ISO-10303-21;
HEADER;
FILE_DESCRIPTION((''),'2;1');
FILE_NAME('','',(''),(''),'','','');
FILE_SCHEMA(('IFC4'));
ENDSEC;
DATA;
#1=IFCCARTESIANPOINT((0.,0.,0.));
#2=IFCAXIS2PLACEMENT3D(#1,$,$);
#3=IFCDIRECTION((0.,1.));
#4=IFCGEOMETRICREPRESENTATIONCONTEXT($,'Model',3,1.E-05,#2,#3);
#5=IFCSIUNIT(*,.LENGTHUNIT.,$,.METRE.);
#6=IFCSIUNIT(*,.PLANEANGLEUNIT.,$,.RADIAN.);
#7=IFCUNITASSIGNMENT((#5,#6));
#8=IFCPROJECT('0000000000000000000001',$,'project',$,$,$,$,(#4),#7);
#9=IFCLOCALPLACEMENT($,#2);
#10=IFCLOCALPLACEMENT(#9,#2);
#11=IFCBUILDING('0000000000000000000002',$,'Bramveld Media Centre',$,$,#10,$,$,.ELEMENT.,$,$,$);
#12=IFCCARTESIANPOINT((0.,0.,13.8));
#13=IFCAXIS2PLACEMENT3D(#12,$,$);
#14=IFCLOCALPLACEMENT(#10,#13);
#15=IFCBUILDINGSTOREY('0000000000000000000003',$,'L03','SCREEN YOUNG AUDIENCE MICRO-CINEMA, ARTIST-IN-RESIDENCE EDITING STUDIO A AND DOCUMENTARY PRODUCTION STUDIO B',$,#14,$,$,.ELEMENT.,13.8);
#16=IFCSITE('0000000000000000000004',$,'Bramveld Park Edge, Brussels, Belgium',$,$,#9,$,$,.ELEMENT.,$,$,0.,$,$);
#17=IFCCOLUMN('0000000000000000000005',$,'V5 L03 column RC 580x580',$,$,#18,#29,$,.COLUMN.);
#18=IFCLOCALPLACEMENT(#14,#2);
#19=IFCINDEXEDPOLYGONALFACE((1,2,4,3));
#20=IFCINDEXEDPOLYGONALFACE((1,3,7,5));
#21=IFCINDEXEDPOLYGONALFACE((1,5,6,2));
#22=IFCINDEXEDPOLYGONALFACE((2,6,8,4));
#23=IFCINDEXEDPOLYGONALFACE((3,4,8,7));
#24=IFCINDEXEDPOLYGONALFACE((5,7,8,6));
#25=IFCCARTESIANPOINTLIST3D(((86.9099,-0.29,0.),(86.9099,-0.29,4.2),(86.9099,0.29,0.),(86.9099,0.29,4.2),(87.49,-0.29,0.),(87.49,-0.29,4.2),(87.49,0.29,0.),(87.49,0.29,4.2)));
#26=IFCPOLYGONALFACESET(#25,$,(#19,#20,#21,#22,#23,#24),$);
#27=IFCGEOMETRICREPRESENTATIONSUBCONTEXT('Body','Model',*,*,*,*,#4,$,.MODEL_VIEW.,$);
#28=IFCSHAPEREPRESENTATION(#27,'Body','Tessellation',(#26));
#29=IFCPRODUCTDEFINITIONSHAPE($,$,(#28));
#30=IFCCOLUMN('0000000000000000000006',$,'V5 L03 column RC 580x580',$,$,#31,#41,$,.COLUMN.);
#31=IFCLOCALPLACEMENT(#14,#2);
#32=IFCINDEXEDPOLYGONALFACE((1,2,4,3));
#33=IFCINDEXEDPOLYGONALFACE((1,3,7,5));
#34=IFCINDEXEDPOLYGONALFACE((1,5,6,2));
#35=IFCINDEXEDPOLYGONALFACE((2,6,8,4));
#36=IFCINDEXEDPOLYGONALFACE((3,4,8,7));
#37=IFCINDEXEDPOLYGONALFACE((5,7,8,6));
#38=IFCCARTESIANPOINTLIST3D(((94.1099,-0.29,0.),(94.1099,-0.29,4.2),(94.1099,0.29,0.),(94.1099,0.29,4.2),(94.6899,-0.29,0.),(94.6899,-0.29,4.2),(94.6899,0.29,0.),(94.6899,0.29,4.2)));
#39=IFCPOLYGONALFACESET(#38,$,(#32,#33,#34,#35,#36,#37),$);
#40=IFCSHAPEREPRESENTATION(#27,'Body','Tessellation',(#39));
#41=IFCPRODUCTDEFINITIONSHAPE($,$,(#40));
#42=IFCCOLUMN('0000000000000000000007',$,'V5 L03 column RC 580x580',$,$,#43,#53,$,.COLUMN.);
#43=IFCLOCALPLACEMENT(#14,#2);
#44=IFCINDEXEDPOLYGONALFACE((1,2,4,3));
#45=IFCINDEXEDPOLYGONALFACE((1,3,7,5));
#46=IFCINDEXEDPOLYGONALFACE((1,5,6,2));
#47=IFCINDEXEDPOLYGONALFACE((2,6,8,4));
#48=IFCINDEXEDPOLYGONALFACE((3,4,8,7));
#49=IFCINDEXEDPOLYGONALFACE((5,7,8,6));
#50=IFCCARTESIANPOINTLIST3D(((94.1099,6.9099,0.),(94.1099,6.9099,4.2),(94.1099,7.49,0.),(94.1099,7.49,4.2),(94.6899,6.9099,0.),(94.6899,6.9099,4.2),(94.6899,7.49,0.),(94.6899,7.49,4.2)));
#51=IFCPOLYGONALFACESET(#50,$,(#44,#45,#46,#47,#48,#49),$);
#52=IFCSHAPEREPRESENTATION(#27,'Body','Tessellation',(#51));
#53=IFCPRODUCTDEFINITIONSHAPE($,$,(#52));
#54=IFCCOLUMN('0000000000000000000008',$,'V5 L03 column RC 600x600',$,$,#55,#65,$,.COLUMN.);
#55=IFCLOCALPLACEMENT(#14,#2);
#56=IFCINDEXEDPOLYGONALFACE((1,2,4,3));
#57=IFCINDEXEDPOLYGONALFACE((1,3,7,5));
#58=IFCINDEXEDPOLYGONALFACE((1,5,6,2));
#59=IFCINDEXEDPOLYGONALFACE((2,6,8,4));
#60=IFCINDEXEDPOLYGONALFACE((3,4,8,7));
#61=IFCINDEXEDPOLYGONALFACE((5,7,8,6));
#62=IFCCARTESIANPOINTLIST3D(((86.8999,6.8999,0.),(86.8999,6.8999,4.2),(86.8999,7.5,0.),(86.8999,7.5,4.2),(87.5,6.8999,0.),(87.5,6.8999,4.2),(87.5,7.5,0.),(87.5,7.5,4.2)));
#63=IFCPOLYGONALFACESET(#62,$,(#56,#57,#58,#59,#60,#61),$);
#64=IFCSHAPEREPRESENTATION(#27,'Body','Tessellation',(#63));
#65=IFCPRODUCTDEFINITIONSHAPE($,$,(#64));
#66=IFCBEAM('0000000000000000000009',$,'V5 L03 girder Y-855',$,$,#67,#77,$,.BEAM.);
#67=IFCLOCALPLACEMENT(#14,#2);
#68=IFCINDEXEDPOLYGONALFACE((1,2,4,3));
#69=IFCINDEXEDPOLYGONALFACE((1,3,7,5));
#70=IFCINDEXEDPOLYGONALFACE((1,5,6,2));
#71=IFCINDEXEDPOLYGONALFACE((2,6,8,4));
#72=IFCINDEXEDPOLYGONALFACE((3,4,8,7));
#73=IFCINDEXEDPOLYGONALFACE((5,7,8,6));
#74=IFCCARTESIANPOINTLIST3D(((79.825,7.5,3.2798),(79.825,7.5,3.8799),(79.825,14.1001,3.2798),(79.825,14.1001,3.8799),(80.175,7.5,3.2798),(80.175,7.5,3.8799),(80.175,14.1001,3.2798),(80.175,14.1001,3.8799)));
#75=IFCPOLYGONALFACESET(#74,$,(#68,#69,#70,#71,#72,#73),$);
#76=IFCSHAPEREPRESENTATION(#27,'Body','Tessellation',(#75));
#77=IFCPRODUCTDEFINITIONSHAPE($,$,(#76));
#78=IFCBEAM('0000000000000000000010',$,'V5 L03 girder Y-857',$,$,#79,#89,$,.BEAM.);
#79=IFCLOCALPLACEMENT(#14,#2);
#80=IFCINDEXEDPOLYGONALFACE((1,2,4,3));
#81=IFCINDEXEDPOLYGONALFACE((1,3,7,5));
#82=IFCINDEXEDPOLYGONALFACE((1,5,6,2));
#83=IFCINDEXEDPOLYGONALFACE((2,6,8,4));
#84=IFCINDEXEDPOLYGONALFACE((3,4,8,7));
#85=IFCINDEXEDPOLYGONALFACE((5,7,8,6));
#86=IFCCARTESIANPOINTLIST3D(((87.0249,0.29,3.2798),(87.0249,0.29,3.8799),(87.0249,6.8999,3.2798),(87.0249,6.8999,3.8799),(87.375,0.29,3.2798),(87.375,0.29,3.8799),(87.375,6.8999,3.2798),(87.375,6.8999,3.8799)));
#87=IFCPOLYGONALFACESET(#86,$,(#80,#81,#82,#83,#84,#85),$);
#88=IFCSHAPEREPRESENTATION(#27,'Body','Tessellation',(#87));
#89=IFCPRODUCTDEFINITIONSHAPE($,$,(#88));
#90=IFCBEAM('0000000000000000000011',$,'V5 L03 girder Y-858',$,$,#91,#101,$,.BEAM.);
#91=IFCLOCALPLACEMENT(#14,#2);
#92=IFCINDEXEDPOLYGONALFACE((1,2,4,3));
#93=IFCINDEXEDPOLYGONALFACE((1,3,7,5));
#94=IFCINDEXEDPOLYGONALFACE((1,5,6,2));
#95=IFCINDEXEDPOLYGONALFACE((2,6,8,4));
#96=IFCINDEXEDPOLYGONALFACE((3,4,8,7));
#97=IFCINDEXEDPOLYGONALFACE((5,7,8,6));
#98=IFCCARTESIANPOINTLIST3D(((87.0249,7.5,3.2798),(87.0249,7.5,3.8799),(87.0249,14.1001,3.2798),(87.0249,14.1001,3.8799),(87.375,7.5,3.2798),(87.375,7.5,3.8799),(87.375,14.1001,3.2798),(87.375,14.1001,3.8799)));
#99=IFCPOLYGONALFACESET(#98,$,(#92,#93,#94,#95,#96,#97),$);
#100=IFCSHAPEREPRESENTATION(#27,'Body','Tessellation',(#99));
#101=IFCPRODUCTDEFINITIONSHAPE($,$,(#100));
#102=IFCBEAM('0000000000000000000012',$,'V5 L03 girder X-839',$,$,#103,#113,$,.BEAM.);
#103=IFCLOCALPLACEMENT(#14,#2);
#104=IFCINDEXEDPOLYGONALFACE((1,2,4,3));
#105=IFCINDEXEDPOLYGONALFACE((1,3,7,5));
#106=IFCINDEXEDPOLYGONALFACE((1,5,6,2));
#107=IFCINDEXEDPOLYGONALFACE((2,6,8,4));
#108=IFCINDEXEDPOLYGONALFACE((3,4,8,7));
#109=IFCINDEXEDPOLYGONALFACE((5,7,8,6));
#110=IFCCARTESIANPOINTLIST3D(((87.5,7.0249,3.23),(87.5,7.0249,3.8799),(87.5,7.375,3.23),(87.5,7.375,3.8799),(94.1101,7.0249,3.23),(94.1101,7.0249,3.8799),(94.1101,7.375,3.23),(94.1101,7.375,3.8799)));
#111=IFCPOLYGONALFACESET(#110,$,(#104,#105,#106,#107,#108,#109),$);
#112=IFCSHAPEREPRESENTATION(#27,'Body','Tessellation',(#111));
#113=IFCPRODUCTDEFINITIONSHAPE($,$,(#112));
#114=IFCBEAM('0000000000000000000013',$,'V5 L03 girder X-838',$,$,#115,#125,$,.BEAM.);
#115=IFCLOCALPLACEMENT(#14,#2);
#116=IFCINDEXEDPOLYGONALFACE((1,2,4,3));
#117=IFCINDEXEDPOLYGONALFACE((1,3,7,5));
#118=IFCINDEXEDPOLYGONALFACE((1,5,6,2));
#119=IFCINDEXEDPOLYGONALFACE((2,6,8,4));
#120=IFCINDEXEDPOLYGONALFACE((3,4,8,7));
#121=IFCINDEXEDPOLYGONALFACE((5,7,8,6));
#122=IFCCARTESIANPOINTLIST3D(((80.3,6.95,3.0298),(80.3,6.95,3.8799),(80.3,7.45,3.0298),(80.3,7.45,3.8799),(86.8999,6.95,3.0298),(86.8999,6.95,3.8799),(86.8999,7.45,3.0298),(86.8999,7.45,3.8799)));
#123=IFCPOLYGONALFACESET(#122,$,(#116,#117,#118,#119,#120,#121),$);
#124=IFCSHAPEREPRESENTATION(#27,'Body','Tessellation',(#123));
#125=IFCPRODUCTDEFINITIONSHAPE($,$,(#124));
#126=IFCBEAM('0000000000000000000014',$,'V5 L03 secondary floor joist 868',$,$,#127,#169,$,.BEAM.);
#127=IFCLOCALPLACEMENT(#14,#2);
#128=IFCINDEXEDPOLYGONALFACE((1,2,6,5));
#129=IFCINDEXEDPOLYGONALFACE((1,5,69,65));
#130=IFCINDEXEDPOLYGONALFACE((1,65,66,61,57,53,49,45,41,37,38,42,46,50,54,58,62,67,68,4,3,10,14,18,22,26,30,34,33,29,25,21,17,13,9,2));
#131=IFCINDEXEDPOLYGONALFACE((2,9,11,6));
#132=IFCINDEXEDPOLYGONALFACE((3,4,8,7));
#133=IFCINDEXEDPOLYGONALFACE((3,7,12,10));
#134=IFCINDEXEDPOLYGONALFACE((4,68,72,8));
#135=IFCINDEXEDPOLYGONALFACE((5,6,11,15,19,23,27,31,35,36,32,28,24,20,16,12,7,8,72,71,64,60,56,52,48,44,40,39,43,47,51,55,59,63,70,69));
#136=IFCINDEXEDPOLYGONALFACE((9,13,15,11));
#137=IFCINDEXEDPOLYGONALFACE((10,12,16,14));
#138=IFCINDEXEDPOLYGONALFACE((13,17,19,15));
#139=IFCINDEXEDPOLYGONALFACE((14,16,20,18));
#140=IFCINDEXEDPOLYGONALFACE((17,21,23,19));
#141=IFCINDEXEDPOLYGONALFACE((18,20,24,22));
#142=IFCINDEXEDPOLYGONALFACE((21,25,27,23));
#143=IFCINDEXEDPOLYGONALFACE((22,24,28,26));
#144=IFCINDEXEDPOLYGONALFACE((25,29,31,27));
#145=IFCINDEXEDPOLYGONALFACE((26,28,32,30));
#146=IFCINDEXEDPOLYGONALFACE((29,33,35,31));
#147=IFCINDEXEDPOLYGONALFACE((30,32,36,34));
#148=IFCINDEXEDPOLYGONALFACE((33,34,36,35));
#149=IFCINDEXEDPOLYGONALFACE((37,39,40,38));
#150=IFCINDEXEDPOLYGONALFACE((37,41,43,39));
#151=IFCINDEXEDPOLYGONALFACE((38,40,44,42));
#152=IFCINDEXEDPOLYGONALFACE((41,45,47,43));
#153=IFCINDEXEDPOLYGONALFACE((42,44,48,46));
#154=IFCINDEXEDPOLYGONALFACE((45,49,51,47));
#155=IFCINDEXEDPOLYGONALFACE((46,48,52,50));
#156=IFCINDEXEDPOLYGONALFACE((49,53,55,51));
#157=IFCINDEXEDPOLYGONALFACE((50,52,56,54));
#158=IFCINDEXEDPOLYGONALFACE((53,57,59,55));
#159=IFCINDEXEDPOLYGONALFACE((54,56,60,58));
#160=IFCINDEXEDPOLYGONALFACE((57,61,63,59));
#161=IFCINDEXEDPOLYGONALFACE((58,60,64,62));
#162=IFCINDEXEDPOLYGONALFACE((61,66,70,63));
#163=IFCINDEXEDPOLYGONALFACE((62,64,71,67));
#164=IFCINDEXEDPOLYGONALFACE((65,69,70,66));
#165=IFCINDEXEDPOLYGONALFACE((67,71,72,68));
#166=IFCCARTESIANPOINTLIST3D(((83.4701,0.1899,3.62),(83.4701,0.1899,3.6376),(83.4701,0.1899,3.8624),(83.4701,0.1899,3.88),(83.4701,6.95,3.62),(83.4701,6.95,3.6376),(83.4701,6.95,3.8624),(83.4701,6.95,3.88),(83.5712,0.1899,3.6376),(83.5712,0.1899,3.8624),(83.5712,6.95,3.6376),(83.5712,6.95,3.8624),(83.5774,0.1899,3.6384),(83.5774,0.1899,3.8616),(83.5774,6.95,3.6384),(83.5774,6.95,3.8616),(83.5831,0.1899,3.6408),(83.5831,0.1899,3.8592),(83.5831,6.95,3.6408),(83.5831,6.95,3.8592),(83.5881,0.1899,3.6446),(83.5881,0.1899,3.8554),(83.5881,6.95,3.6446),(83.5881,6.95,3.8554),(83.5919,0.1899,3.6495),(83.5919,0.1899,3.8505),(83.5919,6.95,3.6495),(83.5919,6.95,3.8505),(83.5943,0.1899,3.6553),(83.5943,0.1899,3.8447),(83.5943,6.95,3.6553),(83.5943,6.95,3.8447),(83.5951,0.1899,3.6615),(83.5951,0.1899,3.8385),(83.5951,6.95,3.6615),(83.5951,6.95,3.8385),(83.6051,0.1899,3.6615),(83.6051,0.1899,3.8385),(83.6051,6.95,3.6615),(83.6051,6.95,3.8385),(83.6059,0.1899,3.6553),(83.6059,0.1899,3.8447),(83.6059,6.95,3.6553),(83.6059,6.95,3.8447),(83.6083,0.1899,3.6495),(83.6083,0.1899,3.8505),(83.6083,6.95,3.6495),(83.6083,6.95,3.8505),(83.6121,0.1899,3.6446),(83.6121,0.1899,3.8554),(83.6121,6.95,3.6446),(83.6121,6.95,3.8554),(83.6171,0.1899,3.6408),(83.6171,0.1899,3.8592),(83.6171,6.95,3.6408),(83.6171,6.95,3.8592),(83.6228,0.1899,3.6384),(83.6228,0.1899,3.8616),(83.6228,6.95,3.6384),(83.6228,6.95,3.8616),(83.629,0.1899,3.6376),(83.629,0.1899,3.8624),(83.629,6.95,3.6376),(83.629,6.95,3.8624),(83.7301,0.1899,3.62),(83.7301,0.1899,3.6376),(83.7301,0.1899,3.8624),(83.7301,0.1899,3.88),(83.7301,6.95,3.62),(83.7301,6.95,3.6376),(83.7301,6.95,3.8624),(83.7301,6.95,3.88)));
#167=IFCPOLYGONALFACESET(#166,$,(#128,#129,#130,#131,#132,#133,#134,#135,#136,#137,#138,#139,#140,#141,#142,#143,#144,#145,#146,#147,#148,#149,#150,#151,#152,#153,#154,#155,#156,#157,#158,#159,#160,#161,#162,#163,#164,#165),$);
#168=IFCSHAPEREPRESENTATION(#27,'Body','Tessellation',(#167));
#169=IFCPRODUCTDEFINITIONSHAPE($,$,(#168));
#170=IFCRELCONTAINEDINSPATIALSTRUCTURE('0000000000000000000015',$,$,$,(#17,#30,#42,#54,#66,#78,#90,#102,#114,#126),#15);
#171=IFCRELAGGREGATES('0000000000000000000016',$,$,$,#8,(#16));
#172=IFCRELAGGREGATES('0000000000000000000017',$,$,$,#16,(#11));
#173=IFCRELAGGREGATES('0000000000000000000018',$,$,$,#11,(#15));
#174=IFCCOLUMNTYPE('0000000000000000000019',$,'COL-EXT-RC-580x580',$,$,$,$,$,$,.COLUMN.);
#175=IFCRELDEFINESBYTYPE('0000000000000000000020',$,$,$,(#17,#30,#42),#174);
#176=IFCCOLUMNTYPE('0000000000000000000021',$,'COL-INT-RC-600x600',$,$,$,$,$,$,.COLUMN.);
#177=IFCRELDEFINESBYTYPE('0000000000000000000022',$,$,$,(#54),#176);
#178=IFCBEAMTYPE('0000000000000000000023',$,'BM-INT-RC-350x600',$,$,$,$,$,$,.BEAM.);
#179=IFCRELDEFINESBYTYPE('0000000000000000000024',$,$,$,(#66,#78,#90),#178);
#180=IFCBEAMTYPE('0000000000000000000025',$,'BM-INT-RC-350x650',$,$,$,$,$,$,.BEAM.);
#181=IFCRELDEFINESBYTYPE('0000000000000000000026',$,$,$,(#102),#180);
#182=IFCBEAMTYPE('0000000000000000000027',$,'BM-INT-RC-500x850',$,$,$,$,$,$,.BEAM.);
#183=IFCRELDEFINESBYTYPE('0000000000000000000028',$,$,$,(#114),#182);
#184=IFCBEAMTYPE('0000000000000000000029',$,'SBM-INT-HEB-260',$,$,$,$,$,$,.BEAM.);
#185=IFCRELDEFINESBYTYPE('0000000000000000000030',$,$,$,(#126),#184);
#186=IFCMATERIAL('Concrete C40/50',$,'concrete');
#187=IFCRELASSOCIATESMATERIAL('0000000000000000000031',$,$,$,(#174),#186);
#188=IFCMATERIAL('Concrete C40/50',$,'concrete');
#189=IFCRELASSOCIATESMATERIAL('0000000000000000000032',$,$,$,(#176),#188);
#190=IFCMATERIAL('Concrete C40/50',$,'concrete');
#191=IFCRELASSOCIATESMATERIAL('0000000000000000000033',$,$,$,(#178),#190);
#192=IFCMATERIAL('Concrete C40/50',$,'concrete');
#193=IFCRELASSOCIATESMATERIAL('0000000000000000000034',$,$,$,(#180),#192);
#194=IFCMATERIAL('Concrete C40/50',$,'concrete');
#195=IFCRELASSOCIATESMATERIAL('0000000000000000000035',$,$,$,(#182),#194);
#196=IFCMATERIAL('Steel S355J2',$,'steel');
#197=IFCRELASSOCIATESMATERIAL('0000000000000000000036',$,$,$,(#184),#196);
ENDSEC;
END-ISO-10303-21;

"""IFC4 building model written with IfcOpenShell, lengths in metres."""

from ifc_helpers import new_model, si_unit, direction, frame, origin, origin_2d, place, context, subcontext, project, spatial, rectangle, i_section, extrude, material, material_profile, profile_set, type_object, element, save


model = new_model("IFC4")

# Units and contexts
model_context = context("Model", 3, precision=1e-05, world=origin(), true_north=direction((0.0, 1.0)))
body_context = subcontext(model_context, "Body", "Model", "MODEL_VIEW")
ifc_project = project(units=[si_unit("LENGTHUNIT", "METRE"), si_unit("PLANEANGLEUNIT", "RADIAN")], contexts=[model_context])

# Site, building, storey
site_placement = place(None, origin())
site = spatial("IfcSite", under=ifc_project, at=site_placement, Name="Bramveld Park Edge, Brussels, Belgium", CompositionType="ELEMENT", RefElevation=0.0)
building_placement = place(site_placement, origin())
building = spatial("IfcBuilding", under=site, at=building_placement, Name="Bramveld Media Centre", CompositionType="ELEMENT")
storey_placement = place(building_placement, frame((0.0, 0.0, 13.8)))
storey = spatial("IfcBuildingStorey", under=building, at=storey_placement, Name="L03", Description="SCREEN YOUNG AUDIENCE MICRO-CINEMA, ARTIST-IN-RESIDENCE EDITING STUDIO A AND DOCUMENTARY PRODUCTION STUDIO B", CompositionType="ELEMENT", Elevation=13.8)

# Columns
ifc_material_1 = material(Name="Concrete C40/50", Category="concrete")
ifc_material_profile_1 = material_profile(ifc_material_1, rectangle(XDim=0.5801, YDim=0.5801, at=origin_2d()), Name="RC 580x580")
ifc_profile_set_1 = profile_set([ifc_material_profile_1], Name="Concrete C40/50")
column_type_1 = type_object("IfcColumnType", Name="COL-EXT-RC-580x580", PredefinedType="COLUMN", material=ifc_profile_set_1)
for number, where, z_axis, x_axis, name in (
    (1, (87.2, 0.0, 0.0), (0.0, 0.0, 1.0), (1.0, 0.0, 0.0), "V5 L03 column RC 580x580"),
    (2, (94.3999, 0.0, 0.0), (0.0, 0.0, 1.0), (1.0, 0.0, 0.0), "V5 L03 column RC 580x580"),
    (3, (94.3999, 7.2, 0.0), (0.0, 0.0, 1.0), (1.0, 0.0, 0.0), "V5 L03 column RC 580x580"),
):
    element("IfcColumn", number, at=place(storey_placement, frame(where, z_axis=z_axis, x_axis=x_axis)), inside=storey, type_object=column_type_1, Name=name, PredefinedType="COLUMN", context=body_context, shape_type="SweptSolid", body=[
        extrude(rectangle(XDim=0.5801, YDim=0.5801, at=origin_2d()), origin(), (0.0, 0.0, 1.0), 4.2),
    ])
ifc_material_2 = material(Name="Concrete C40/50", Category="concrete")
ifc_material_profile_2 = material_profile(ifc_material_2, rectangle(XDim=0.6001, YDim=0.6001, at=origin_2d()), Name="RC 600x600")
ifc_profile_set_2 = profile_set([ifc_material_profile_2], Name="Concrete C40/50")
column_type_2 = type_object("IfcColumnType", Name="COL-INT-RC-600x600", PredefinedType="COLUMN", material=ifc_profile_set_2)
column_placement = place(storey_placement, frame((87.2, 7.2, 0.0), z_axis=(0.0, 0.0, 1.0), x_axis=(1.0, 0.0, 0.0)))
element("IfcColumn", 4, at=column_placement, inside=storey, type_object=column_type_2, Name="V5 L03 column RC 600x600", PredefinedType="COLUMN", context=body_context, shape_type="SweptSolid", body=[
    extrude(rectangle(XDim=0.6001, YDim=0.6001, at=origin_2d()), origin(), (0.0, 0.0, 1.0), 4.2),
])

# Beams
ifc_material_3 = material(Name="Concrete C40/50", Category="concrete")
ifc_material_profile_3 = material_profile(ifc_material_3, rectangle(XDim=0.3501, YDim=0.6001, at=origin_2d()), Name="RC 350x600")
ifc_profile_set_3 = profile_set([ifc_material_profile_3], Name="Concrete C40/50")
beam_type_1 = type_object("IfcBeamType", Name="BM-INT-RC-350x600", PredefinedType="BEAM", material=ifc_profile_set_3)
beam_1_placement = place(storey_placement, frame((80.0, 7.5, 3.5798), z_axis=(0.0, 1.0, 0.0), x_axis=(-1.0, 0.0, 0.0)))
element("IfcBeam", 5, at=beam_1_placement, inside=storey, type_object=beam_type_1, Name="V5 L03 girder Y-855", PredefinedType="BEAM", context=body_context, shape_type="SweptSolid", body=[
    extrude(rectangle(XDim=0.3501, YDim=0.6001, at=origin_2d()), origin(), (0.0, 0.0, 1.0), 6.6001),
])
beam_2_placement = place(storey_placement, frame((87.2, 0.29, 3.5798), z_axis=(0.0, 1.0, 0.0), x_axis=(-1.0, 0.0, 0.0)))
element("IfcBeam", 6, at=beam_2_placement, inside=storey, type_object=beam_type_1, Name="V5 L03 girder Y-857", PredefinedType="BEAM", context=body_context, shape_type="SweptSolid", body=[
    extrude(rectangle(XDim=0.3501, YDim=0.6001, at=origin_2d()), origin(), (0.0, 0.0, 1.0), 6.6099),
])
beam_3_placement = place(storey_placement, frame((87.2, 7.5, 3.5798), z_axis=(0.0, 1.0, 0.0), x_axis=(-1.0, 0.0, 0.0)))
element("IfcBeam", 7, at=beam_3_placement, inside=storey, type_object=beam_type_1, Name="V5 L03 girder Y-858", PredefinedType="BEAM", context=body_context, shape_type="SweptSolid", body=[
    extrude(rectangle(XDim=0.3501, YDim=0.6001, at=origin_2d()), origin(), (0.0, 0.0, 1.0), 6.6001),
])
ifc_material_4 = material(Name="Concrete C40/50", Category="concrete")
ifc_material_profile_4 = material_profile(ifc_material_4, rectangle(XDim=0.3501, YDim=0.6499, at=origin_2d()), Name="RC 350x650")
ifc_profile_set_4 = profile_set([ifc_material_profile_4], Name="Concrete C40/50")
beam_type_2 = type_object("IfcBeamType", Name="BM-INT-RC-350x650", PredefinedType="BEAM", material=ifc_profile_set_4)
beam_4_placement = place(storey_placement, frame((87.5, 7.2, 3.5549), z_axis=(1.0, 0.0, 0.0), x_axis=(0.0, 1.0, 0.0)))
element("IfcBeam", 8, at=beam_4_placement, inside=storey, type_object=beam_type_2, Name="V5 L03 girder X-839", PredefinedType="BEAM", context=body_context, shape_type="SweptSolid", body=[
    extrude(rectangle(XDim=0.3501, YDim=0.6499, at=origin_2d()), origin(), (0.0, 0.0, 1.0), 6.6101),
])
ifc_material_5 = material(Name="Concrete C40/50", Category="concrete")
ifc_material_profile_5 = material_profile(ifc_material_5, rectangle(XDim=0.5, YDim=0.8501, at=origin_2d()), Name="RC 500x850")
ifc_profile_set_5 = profile_set([ifc_material_profile_5], Name="Concrete C40/50")
beam_type_3 = type_object("IfcBeamType", Name="BM-INT-RC-500x850", PredefinedType="BEAM", material=ifc_profile_set_5)
beam_5_placement = place(storey_placement, frame((80.3, 7.2, 3.4548), z_axis=(1.0, 0.0, 0.0), x_axis=(0.0, 1.0, 0.0)))
element("IfcBeam", 9, at=beam_5_placement, inside=storey, type_object=beam_type_3, Name="V5 L03 girder X-838", PredefinedType="BEAM", context=body_context, shape_type="SweptSolid", body=[
    extrude(rectangle(XDim=0.5, YDim=0.8501, at=origin_2d()), origin(), (0.0, 0.0, 1.0), 6.5999),
])
ifc_material_6 = material(Name="Steel S355J2", Category="steel")
ifc_material_profile_6 = material_profile(ifc_material_6, i_section(OverallWidth=0.26, OverallDepth=0.26, WebThickness=0.01, FlangeThickness=0.0176, FilletRadius=0.0239, at=origin_2d()), Name="HEB 260")
ifc_profile_set_6 = profile_set([ifc_material_profile_6], Name="Steel S355J2")
beam_type_4 = type_object("IfcBeamType", Name="SBM-INT-HEB-260", PredefinedType="BEAM", material=ifc_profile_set_6)
beam_6_placement = place(storey_placement, frame((83.6001, 0.1899, 3.75), z_axis=(0.0, 1.0, 0.0), x_axis=(-1.0, 0.0, 0.0)))
element("IfcBeam", 10, at=beam_6_placement, inside=storey, type_object=beam_type_4, Name="V5 L03 secondary floor joist 868", PredefinedType="BEAM", context=body_context, shape_type="SweptSolid", body=[
    extrude(i_section(OverallWidth=0.26, OverallDepth=0.26, WebThickness=0.01, FlangeThickness=0.0176, FilletRadius=0.0239, at=origin_2d()), origin(), (0.0, 0.0, 1.0), 6.76),
])

save(model, "model.ifc")
